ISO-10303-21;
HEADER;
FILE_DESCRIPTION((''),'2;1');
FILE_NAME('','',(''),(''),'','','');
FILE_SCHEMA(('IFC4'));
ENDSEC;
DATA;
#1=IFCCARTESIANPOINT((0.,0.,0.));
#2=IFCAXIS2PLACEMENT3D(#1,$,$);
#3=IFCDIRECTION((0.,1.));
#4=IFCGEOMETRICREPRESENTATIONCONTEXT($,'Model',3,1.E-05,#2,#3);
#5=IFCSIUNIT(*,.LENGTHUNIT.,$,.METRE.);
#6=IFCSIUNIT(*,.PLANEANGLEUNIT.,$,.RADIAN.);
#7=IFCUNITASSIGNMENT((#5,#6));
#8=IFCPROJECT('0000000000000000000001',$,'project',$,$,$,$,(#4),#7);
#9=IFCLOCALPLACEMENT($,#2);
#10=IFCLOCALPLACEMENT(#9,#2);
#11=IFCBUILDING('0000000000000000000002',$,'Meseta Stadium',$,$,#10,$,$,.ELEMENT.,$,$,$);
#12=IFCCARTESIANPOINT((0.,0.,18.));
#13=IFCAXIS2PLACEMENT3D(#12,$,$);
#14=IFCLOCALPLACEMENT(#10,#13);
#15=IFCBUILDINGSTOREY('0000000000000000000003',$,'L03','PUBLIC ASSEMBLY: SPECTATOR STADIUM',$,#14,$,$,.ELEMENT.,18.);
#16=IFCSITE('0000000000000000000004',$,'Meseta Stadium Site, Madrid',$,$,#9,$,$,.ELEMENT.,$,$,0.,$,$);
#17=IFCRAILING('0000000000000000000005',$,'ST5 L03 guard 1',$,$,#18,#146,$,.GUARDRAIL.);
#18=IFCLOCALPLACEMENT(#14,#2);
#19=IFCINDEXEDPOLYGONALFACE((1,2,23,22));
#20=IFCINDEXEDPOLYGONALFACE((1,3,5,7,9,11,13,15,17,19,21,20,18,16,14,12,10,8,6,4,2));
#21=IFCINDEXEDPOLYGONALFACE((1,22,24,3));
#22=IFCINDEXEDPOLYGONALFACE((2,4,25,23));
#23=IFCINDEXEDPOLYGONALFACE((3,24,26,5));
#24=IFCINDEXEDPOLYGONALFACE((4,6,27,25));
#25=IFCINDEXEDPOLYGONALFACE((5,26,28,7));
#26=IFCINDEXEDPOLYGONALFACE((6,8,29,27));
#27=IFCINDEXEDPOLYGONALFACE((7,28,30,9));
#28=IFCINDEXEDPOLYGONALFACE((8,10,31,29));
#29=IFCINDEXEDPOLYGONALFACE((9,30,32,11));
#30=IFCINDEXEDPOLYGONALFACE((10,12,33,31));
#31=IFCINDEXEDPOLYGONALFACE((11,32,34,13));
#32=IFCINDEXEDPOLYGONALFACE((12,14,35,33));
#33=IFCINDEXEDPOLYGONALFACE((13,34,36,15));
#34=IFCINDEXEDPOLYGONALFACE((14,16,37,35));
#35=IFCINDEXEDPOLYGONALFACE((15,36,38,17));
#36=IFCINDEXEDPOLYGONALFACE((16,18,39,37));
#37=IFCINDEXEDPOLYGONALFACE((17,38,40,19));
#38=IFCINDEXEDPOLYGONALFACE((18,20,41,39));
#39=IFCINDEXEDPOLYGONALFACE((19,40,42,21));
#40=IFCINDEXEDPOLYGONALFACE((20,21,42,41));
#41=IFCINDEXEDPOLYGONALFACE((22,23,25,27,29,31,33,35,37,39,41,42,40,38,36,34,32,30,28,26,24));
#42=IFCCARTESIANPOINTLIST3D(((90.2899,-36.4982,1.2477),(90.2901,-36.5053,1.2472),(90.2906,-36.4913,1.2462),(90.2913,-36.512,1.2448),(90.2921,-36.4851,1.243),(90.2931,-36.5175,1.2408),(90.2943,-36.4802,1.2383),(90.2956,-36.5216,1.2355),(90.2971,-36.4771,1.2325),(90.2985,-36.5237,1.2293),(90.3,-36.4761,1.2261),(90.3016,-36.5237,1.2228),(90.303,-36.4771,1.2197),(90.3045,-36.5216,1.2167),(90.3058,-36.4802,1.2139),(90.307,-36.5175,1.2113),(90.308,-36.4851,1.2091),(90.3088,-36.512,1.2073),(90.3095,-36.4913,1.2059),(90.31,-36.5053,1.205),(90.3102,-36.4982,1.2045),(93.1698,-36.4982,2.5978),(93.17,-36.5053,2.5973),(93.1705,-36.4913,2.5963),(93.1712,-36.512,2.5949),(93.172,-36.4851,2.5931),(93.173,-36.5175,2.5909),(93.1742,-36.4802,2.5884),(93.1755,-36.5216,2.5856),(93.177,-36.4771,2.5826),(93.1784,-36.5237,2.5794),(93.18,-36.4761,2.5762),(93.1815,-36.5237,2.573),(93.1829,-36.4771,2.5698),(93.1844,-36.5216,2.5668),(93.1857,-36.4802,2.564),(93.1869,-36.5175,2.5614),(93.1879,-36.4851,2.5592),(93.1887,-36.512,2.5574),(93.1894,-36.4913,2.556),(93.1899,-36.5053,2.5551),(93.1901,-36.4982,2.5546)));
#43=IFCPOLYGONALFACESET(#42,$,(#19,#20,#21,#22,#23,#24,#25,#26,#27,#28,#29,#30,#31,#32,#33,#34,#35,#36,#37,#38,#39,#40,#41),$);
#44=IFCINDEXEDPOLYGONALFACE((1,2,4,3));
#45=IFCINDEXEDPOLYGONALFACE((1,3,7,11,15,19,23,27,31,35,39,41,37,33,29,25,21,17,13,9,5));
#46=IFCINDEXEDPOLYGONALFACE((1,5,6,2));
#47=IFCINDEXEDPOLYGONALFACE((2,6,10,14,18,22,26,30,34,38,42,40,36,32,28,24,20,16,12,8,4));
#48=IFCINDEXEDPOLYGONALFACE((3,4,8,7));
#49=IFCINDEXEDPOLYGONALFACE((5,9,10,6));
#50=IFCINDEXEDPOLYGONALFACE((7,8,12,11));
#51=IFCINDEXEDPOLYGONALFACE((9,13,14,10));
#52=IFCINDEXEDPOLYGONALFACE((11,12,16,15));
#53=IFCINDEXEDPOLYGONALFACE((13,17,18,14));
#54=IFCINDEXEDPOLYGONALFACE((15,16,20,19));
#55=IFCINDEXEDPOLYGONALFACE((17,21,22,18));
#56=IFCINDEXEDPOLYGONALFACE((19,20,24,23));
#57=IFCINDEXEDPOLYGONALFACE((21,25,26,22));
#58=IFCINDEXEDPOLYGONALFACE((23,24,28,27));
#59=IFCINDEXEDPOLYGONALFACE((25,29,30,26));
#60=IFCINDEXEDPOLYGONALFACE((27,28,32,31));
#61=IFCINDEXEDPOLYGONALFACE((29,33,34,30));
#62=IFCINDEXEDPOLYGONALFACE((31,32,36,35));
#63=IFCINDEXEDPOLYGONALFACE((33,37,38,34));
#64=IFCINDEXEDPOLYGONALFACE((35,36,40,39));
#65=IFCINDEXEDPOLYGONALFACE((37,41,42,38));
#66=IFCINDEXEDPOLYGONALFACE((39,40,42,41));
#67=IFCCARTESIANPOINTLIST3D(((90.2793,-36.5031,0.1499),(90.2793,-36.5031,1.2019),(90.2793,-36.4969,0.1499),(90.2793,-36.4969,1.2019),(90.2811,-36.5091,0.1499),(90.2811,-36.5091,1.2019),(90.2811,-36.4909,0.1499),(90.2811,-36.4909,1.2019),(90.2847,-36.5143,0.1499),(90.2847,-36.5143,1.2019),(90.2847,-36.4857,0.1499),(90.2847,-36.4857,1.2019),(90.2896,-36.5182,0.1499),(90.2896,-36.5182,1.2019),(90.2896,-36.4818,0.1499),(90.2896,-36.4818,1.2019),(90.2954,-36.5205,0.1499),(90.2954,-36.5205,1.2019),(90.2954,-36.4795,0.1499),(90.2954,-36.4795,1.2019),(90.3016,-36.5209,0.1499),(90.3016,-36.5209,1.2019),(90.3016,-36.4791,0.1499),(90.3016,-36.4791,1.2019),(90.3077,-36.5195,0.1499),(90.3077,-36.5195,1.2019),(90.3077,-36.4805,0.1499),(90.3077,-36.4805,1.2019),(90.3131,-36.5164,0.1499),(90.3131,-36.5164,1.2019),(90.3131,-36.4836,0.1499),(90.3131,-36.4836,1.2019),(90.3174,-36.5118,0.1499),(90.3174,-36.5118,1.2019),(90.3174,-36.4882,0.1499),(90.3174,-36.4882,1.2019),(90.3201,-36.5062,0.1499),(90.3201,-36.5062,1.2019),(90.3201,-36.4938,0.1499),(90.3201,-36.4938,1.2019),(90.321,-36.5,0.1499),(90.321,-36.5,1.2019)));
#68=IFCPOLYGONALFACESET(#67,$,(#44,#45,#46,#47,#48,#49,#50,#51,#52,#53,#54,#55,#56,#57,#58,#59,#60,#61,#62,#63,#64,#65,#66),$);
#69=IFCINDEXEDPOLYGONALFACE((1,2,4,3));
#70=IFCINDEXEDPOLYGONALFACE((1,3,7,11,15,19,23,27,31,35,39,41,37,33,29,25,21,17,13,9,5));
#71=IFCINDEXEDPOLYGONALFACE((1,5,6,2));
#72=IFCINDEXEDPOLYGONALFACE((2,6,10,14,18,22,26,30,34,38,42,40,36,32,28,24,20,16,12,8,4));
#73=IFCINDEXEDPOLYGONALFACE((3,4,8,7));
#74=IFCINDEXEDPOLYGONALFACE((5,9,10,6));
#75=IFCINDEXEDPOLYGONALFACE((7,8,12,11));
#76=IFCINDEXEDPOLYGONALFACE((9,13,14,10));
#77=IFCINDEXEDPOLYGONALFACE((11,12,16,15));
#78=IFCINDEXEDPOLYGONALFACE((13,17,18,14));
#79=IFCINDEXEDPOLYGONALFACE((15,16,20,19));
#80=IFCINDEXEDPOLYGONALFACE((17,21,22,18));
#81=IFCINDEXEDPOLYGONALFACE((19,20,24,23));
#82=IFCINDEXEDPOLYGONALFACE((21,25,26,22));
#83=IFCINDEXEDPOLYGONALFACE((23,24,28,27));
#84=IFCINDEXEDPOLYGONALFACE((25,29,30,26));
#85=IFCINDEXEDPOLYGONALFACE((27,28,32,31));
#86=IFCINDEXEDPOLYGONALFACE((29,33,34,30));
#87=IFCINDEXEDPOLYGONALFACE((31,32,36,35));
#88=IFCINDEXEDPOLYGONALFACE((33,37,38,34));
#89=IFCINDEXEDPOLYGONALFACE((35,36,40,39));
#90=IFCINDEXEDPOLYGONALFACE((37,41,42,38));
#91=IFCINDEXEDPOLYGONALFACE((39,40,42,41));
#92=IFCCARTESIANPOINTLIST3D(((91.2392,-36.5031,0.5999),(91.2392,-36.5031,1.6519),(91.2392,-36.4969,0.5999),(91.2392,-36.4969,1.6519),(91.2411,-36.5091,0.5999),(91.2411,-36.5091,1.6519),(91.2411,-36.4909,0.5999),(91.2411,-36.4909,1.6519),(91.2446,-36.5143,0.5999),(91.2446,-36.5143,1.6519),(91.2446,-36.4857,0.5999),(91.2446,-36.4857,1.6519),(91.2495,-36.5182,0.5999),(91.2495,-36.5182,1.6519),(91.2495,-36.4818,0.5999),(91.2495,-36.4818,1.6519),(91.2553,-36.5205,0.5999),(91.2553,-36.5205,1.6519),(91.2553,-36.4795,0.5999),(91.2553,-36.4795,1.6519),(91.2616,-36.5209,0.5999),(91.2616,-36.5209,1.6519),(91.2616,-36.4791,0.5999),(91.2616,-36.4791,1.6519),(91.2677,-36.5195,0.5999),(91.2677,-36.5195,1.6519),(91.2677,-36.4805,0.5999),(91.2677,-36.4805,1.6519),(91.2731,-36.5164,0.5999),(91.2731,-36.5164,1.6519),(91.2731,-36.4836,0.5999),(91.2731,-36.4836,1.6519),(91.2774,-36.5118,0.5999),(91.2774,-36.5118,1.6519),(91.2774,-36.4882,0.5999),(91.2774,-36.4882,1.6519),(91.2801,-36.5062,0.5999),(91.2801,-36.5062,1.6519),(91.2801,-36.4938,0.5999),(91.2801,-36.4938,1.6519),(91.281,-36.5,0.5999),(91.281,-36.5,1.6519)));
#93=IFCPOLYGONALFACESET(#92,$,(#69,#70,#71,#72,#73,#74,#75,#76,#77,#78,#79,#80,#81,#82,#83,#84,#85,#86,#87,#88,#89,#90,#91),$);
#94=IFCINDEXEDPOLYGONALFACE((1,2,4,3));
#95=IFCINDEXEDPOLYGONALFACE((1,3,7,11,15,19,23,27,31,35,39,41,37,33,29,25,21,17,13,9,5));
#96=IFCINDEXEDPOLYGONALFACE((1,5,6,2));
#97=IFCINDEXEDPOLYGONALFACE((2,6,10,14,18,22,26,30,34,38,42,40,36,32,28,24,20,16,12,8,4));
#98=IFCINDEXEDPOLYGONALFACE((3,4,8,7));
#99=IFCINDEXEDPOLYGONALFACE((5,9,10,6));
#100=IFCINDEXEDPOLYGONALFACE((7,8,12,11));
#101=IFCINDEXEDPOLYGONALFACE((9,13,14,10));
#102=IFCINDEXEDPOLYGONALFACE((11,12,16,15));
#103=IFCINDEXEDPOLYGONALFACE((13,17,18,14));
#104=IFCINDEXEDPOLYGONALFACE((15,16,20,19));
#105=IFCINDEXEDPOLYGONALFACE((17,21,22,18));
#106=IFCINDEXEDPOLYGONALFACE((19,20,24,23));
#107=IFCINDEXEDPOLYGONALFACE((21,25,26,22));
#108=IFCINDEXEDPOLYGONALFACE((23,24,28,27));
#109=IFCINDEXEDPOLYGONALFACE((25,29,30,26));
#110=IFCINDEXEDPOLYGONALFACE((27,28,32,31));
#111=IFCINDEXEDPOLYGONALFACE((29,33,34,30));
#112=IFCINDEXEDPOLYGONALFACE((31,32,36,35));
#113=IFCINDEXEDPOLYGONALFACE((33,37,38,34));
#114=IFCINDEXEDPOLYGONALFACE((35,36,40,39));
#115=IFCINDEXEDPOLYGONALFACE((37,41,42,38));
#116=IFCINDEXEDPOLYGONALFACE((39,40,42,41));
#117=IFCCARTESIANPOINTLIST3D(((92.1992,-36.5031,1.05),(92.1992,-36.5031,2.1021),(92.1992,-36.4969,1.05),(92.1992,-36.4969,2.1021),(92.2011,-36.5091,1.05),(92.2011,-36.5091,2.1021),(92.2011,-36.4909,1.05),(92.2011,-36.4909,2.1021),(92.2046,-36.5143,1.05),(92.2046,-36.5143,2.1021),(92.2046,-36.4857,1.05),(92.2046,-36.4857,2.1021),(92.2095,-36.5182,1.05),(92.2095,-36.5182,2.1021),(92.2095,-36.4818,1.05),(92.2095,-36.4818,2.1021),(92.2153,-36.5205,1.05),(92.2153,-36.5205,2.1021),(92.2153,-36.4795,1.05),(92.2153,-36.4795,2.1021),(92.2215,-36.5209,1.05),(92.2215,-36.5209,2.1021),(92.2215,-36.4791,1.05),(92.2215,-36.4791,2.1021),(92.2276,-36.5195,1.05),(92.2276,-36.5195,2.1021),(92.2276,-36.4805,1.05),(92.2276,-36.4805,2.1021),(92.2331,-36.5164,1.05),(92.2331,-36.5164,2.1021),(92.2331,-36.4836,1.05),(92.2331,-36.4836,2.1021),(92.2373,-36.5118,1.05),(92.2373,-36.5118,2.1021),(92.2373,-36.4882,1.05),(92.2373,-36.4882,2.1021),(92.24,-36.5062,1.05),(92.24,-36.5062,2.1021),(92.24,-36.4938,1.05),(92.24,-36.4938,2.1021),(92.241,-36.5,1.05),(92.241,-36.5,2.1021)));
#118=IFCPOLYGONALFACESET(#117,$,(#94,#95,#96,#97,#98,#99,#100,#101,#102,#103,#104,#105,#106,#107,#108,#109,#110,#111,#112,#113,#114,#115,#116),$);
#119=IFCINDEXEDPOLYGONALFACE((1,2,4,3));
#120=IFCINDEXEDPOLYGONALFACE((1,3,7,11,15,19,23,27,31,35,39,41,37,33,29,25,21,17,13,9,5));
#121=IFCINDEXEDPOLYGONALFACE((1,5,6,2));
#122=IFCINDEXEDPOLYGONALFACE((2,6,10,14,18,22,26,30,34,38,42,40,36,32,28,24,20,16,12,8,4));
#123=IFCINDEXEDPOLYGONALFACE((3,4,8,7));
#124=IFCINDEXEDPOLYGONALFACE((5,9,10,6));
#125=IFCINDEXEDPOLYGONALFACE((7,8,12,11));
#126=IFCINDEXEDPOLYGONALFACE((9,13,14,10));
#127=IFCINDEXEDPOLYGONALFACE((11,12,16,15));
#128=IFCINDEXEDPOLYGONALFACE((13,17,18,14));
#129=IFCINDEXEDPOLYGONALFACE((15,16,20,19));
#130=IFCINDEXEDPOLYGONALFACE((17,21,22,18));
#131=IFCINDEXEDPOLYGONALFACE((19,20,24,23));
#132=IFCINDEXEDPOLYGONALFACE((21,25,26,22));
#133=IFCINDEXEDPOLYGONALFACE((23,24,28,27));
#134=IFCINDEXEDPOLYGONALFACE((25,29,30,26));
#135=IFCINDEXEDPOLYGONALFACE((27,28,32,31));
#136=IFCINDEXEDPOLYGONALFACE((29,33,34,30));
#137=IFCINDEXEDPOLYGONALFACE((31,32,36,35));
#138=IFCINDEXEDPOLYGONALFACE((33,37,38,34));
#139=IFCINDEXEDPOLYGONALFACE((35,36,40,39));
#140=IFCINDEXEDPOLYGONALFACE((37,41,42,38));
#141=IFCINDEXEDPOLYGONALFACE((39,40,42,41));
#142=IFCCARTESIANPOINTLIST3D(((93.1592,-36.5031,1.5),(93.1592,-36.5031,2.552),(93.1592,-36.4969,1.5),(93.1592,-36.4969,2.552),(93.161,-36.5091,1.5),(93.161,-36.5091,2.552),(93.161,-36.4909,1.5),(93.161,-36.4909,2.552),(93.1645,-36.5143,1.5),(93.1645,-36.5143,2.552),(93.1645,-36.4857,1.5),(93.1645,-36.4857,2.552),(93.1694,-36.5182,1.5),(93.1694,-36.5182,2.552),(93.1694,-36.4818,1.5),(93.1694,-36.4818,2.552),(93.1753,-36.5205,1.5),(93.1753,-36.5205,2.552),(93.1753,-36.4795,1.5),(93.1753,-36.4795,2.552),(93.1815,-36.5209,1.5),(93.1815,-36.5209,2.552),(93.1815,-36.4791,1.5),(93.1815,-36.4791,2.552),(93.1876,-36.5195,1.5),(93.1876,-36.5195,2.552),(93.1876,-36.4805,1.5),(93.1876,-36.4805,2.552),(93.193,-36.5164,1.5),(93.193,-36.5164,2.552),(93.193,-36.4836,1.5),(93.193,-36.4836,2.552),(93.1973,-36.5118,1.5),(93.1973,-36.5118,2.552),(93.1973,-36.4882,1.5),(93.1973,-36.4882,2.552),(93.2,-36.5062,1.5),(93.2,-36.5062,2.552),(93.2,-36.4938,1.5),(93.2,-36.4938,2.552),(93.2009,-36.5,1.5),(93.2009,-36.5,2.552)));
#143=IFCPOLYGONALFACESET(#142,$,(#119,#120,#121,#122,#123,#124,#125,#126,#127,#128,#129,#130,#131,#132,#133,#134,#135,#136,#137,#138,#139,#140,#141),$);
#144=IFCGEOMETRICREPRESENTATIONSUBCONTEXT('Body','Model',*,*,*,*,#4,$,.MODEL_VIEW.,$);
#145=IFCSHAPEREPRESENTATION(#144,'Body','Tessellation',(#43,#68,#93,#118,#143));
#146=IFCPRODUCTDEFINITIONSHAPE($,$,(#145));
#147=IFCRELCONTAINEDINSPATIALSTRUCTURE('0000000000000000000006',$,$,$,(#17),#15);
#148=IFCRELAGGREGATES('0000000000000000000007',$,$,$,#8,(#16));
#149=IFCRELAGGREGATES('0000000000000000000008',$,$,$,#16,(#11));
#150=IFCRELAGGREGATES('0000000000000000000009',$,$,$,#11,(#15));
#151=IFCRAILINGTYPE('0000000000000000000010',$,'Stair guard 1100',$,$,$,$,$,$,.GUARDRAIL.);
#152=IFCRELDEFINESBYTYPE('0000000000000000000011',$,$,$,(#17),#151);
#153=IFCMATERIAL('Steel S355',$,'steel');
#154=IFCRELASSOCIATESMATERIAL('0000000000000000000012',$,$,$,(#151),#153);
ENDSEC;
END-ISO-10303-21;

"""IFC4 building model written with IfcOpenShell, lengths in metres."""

from ifc_helpers import new_model, si_unit, direction, frame, origin, origin_2d, place, context, subcontext, project, spatial, circle, extrude, material, type_object, element, save


model = new_model("IFC4")

# Units and contexts
model_context = context("Model", 3, precision=1e-05, world=origin(), true_north=direction((0.0, 1.0)))
body_context = subcontext(model_context, "Body", "Model", "MODEL_VIEW")
ifc_project = project(units=[si_unit("LENGTHUNIT", "METRE"), si_unit("PLANEANGLEUNIT", "RADIAN")], contexts=[model_context])

# Site, building, storey
site_placement = place(None, origin())
site = spatial("IfcSite", under=ifc_project, at=site_placement, Name="Meseta Stadium Site, Madrid", CompositionType="ELEMENT", RefElevation=0.0)
building_placement = place(site_placement, origin())
building = spatial("IfcBuilding", under=site, at=building_placement, Name="Meseta Stadium", CompositionType="ELEMENT")
storey_placement = place(building_placement, frame((0.0, 0.0, 18.0)))
storey = spatial("IfcBuildingStorey", under=building, at=storey_placement, Name="L03", Description="PUBLIC ASSEMBLY: SPECTATOR STADIUM", CompositionType="ELEMENT", Elevation=18.0)

# Railing
ifc_material_1 = material(Name="Steel S355", Category="steel")
railing_type_1 = type_object("IfcRailingType", Name="Stair guard 1100", PredefinedType="GUARDRAIL", material=ifc_material_1)
railing_1_placement = place(storey_placement, frame((90.3, -36.5, 0.1499)))
element("IfcRailing", 1, at=railing_1_placement, inside=storey, type_object=railing_type_1, Name="ST5 L03 guard 1", PredefinedType="GUARDRAIL", context=body_context, shape_type="SweptSolid", body=[
    extrude(circle(Radius=0.0239, at=origin_2d()), frame((0.0, 0.0, 1.0762), z_axis=(0.90544, 0.0, 0.424473), x_axis=(0.0, 1.0, 0.0)), (0.0, 0.0, 1.0), 3.1807),
    extrude(circle(Radius=0.021, at=origin_2d()), origin(), (0.0, 0.0, 1.0), 1.052),
    extrude(circle(Radius=0.021, at=origin_2d()), frame((0.96, 0.0, 0.45)), (0.0, 0.0, 1.0), 1.052),
    extrude(circle(Radius=0.021, at=origin_2d()), frame((1.9199, 0.0, 0.9001)), (0.0, 0.0, 1.0), 1.052),
    extrude(circle(Radius=0.021, at=origin_2d()), frame((2.8799, 0.0, 1.3501)), (0.0, 0.0, 1.0), 1.052),
])

save(model, "model.ifc")
